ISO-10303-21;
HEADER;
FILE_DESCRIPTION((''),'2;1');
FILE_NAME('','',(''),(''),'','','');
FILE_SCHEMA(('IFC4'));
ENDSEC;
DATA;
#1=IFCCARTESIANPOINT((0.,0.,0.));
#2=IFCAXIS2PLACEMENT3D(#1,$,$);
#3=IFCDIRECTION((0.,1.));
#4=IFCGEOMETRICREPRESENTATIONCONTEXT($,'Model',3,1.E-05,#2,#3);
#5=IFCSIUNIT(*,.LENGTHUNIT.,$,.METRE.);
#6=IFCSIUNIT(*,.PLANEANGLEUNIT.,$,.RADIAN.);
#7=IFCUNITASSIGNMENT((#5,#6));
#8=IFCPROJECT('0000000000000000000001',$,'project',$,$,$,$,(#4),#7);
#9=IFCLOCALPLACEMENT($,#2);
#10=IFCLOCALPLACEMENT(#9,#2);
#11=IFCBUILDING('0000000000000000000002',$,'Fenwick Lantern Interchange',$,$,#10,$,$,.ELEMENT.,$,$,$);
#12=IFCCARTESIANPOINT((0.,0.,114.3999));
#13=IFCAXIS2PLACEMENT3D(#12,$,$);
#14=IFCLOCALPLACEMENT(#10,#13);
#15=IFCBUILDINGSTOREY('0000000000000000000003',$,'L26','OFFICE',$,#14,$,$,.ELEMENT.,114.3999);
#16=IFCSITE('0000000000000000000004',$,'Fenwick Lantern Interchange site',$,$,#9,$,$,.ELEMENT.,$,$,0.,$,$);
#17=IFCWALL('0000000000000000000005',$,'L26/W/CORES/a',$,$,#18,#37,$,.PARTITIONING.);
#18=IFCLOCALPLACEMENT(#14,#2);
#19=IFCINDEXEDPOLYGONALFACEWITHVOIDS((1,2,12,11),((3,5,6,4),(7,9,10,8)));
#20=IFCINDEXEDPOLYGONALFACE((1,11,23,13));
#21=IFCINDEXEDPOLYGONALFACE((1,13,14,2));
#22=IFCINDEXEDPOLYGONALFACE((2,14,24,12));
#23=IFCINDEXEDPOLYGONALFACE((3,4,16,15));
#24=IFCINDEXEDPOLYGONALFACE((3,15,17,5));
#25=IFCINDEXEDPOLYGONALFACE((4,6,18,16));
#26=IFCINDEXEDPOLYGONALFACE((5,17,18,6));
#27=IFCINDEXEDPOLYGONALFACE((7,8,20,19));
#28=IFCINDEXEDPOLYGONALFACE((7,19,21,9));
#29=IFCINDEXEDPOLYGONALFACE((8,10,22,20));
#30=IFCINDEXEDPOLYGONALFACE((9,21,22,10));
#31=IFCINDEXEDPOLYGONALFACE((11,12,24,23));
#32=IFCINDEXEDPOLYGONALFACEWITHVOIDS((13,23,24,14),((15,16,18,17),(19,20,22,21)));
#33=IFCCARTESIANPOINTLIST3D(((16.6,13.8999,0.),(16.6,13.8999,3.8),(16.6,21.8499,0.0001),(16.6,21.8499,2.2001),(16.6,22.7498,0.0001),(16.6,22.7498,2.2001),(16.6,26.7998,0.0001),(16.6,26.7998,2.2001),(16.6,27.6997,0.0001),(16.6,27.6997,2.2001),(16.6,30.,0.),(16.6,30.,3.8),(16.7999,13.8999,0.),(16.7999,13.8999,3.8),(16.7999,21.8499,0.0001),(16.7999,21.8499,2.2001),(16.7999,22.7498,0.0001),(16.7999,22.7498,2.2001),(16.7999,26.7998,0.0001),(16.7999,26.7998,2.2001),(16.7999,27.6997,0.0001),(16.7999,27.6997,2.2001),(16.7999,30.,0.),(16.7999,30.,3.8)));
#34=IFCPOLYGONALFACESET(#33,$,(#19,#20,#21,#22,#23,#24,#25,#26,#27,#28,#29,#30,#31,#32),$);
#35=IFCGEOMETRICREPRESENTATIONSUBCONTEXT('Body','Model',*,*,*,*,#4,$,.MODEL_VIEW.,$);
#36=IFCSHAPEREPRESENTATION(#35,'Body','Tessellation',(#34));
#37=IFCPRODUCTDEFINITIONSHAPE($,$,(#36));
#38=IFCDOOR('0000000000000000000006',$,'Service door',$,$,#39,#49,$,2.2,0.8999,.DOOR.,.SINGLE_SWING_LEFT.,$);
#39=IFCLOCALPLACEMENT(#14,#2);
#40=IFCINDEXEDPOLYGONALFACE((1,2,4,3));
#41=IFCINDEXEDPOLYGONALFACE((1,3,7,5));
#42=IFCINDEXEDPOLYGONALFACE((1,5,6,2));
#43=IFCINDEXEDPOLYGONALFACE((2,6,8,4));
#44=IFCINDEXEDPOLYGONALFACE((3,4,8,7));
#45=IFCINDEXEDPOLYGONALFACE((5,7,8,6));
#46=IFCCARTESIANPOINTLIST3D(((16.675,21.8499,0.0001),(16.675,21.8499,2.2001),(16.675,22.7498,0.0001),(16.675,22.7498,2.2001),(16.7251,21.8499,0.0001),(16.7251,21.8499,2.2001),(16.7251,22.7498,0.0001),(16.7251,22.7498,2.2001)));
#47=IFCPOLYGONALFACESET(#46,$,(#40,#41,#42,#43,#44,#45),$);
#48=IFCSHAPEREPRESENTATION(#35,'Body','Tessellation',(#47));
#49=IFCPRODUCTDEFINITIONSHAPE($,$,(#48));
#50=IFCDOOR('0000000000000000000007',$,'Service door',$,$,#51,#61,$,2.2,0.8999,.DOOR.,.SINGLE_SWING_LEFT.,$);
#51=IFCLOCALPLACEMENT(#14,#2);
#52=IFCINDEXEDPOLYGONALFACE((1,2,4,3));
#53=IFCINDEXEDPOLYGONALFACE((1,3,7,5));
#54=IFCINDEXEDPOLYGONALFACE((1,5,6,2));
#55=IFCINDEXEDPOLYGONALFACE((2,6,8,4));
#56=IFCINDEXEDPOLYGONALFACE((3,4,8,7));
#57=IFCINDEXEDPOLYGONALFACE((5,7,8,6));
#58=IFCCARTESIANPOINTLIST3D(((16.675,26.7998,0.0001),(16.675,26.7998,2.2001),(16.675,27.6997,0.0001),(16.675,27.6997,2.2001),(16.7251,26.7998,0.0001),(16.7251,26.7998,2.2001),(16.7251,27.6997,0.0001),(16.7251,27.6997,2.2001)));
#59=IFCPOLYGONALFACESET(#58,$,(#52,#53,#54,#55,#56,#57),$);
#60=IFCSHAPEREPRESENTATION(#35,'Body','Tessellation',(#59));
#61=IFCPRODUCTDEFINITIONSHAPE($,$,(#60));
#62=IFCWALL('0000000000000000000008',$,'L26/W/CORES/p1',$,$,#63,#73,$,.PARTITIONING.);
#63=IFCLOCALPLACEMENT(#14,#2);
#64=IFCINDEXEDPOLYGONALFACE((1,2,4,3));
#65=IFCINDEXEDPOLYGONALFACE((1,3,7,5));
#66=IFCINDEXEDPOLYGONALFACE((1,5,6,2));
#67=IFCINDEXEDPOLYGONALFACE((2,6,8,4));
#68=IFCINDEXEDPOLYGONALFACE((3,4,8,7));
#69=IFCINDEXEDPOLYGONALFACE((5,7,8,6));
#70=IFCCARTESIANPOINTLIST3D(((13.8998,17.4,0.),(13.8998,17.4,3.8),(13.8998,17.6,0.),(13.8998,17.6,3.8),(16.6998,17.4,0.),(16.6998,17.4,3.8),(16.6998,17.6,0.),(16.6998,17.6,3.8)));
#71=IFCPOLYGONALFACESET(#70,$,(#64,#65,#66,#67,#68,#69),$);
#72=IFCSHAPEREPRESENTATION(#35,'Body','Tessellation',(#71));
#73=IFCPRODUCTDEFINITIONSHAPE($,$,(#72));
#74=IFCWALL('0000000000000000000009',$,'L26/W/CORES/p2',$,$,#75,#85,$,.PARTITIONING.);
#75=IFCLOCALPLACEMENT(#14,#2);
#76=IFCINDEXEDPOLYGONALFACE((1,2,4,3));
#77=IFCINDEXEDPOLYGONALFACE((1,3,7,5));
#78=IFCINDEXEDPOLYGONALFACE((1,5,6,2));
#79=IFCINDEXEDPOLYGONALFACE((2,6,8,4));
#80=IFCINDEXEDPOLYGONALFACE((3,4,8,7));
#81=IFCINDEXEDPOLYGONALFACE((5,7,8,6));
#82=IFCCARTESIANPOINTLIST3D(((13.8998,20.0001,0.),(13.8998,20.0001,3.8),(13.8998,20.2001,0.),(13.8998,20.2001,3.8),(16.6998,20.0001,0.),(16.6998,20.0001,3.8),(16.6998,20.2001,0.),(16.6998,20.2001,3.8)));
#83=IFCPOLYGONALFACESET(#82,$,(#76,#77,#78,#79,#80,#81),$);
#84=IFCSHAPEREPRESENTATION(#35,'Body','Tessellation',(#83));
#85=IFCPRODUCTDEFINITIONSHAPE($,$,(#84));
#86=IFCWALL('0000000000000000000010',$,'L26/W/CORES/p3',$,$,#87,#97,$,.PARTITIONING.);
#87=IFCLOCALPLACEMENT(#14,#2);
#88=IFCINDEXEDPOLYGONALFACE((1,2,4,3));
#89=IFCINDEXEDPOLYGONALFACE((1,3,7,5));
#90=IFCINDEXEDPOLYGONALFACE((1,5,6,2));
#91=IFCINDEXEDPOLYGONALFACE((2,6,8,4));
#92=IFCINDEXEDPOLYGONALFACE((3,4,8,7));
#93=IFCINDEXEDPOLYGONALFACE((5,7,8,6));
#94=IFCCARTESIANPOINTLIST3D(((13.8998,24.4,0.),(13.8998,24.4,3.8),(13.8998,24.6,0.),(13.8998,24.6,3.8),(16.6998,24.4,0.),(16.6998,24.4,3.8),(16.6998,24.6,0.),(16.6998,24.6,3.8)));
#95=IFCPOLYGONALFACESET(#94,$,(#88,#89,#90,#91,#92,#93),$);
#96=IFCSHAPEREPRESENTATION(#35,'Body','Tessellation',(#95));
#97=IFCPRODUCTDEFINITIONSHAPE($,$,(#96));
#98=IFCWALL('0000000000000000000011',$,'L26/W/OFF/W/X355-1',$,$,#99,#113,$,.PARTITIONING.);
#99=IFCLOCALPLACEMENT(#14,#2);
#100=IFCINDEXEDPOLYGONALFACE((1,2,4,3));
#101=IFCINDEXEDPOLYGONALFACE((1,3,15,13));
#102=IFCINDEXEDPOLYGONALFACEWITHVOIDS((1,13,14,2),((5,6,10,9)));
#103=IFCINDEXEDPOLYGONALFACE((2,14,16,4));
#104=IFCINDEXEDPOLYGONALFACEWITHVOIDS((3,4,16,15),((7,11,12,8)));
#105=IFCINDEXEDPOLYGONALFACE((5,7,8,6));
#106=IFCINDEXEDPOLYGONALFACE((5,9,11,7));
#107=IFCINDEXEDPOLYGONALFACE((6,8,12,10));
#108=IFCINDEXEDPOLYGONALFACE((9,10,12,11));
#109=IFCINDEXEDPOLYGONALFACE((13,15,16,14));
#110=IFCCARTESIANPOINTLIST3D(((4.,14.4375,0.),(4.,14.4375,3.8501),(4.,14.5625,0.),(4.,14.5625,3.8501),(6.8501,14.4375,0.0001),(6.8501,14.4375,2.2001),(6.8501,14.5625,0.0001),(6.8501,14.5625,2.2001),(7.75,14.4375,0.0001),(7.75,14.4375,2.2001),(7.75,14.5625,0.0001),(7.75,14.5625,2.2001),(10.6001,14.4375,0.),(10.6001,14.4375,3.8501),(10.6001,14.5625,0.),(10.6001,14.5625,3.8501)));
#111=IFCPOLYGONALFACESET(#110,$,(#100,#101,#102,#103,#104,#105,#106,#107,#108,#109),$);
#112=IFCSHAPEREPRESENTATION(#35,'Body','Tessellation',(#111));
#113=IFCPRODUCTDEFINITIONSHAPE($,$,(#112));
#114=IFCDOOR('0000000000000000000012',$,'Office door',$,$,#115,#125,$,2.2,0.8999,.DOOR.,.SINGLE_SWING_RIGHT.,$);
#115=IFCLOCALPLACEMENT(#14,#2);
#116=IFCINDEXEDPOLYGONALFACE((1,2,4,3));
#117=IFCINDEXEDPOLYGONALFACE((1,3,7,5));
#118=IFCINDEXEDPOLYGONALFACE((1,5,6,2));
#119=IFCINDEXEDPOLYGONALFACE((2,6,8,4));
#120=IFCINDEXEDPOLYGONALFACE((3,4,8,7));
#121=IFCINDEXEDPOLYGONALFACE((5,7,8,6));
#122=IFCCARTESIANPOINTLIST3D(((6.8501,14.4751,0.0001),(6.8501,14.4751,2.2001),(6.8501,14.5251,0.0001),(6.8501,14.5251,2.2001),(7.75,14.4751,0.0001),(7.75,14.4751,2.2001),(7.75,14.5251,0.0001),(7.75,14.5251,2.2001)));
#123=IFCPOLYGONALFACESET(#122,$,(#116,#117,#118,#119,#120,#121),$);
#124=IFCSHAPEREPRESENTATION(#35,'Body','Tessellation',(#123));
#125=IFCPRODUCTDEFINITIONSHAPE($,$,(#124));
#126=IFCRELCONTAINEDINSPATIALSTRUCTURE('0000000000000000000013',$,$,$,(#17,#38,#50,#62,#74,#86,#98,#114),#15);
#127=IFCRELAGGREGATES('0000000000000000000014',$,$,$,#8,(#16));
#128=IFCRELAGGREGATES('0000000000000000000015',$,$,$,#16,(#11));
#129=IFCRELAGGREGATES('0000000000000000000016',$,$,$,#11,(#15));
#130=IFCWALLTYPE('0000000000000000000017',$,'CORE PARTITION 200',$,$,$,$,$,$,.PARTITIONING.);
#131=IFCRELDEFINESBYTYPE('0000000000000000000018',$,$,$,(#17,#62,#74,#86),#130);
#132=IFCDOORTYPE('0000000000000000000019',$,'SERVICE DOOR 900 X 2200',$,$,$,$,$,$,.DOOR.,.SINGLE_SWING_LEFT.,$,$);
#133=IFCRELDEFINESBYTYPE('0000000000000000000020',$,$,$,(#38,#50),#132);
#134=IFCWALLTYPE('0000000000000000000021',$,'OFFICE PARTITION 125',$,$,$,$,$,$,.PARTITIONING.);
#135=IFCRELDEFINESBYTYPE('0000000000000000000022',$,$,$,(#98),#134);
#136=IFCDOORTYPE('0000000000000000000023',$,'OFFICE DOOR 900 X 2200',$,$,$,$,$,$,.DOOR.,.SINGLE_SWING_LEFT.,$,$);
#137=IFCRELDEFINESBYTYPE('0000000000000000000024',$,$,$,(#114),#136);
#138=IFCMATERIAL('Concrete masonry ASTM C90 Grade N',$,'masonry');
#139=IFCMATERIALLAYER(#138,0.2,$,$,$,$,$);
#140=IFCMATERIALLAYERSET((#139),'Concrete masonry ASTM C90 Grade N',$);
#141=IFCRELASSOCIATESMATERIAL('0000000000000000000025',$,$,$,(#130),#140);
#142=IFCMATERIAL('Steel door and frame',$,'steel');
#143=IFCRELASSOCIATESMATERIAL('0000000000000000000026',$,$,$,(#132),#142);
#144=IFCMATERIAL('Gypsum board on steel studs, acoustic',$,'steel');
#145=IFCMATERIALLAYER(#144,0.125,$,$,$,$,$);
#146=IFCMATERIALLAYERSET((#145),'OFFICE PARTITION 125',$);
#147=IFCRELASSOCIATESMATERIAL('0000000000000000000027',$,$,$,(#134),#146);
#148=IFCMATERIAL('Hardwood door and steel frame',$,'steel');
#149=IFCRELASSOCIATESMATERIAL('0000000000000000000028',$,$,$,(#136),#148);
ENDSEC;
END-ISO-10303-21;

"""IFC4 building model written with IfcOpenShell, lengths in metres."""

from ifc_helpers import new_model, si_unit, direction, frame, frame_2d, origin, place, context, subcontext, project, spatial, rectangle, extrude, material, layer, layer_set, type_object, element, fill, save


model = new_model("IFC4")

# Units and contexts
model_context = context("Model", 3, precision=1e-05, world=origin(), true_north=direction((0.0, 1.0)))
body_context = subcontext(model_context, "Body", "Model", "MODEL_VIEW")
ifc_project = project(units=[si_unit("LENGTHUNIT", "METRE"), si_unit("PLANEANGLEUNIT", "RADIAN")], contexts=[model_context])

# Site, building, storey
site_placement = place(None, origin())
site = spatial("IfcSite", under=ifc_project, at=site_placement, Name="Fenwick Lantern Interchange site", CompositionType="ELEMENT", RefElevation=0.0)
building_placement = place(site_placement, origin())
building = spatial("IfcBuilding", under=site, at=building_placement, Name="Fenwick Lantern Interchange", CompositionType="ELEMENT")
storey_placement = place(building_placement, frame((0.0, 0.0, 114.3999)))
storey = spatial("IfcBuildingStorey", under=building, at=storey_placement, Name="L26", Description="OFFICE", CompositionType="ELEMENT", Elevation=114.3999)

# Wall, openings, doors
ifc_material_1 = material(Name="Concrete masonry ASTM C90 Grade N", Category="masonry")
ifc_layer_1 = layer(ifc_material_1, 0.2)
ifc_layer_set_1 = layer_set([ifc_layer_1], Name="Concrete masonry ASTM C90 Grade N")
wall_type_1 = type_object("IfcWallType", Name="CORE PARTITION 200", PredefinedType="PARTITIONING", material=ifc_layer_set_1)
wall_1_placement = place(storey_placement, frame((16.7, 13.8999, 0.0), z_axis=(0.0, 0.0, 1.0), x_axis=(0.0, 1.0, 0.0)))
wall_1 = element("IfcWall", 1, at=wall_1_placement, inside=storey, type_object=wall_type_1, Name="L26/W/CORES/a", PredefinedType="PARTITIONING", context=body_context, shape_type="SweptSolid", body=[
    extrude(rectangle(XDim=16.1001, YDim=0.2, at=frame_2d((8.05, 0.0))), origin(), (0.0, 0.0, 1.0), 3.8),
])
opening_1_placement = place(wall_1_placement, frame((7.95, 0.0, 0.0)))
opening_1 = element("IfcOpeningElement", 2, at=opening_1_placement, cuts=wall_1, PredefinedType="OPENING", context=body_context, shape_type="SweptSolid", body=[
    extrude(rectangle(XDim=0.8999, YDim=2.2, at=frame_2d((0.45, 1.1001))), frame((0.0, 0.1099, 0.0), z_axis=(0.0, -1.0, 0.0), x_axis=(1.0, 0.0, 0.0)), (0.0, 0.0, 1.0), 0.22),
])
opening_2_placement = place(wall_1_placement, frame((12.8999, 0.0, 0.0)))
opening_2 = element("IfcOpeningElement", 3, at=opening_2_placement, cuts=wall_1, PredefinedType="OPENING", context=body_context, shape_type="SweptSolid", body=[
    extrude(rectangle(XDim=0.8999, YDim=2.2, at=frame_2d((0.45, 1.1001))), frame((0.0, 0.1099, 0.0), z_axis=(0.0, -1.0, 0.0), x_axis=(1.0, 0.0, 0.0)), (0.0, 0.0, 1.0), 0.22),
])
ifc_material_2 = material(Name="Steel door and frame", Category="steel")
door_type_1 = type_object("IfcDoorType", Name="SERVICE DOOR 900 X 2200", OperationType="SINGLE_SWING_LEFT", PredefinedType="DOOR", material=ifc_material_2)
door_1_placement = place(opening_1_placement, origin())
door_1 = element("IfcDoor", 4, at=door_1_placement, inside=storey, type_object=door_type_1, Name="Service door", OperationType="SINGLE_SWING_LEFT", OverallHeight=2.2, OverallWidth=0.8999, PredefinedType="DOOR", context=body_context, shape_type="SweptSolid", body=[
    extrude(rectangle(XDim=0.8999, YDim=2.2, at=frame_2d((0.45, 1.1001))), frame((0.0, 0.0249, 0.0), z_axis=(0.0, -1.0, 0.0), x_axis=(1.0, 0.0, 0.0)), (0.0, 0.0, 1.0), 0.05),
])
fill(opening_1, door_1)
door_2_placement = place(opening_2_placement, origin())
door_2 = element("IfcDoor", 5, at=door_2_placement, inside=storey, type_object=door_type_1, Name="Service door", OperationType="SINGLE_SWING_LEFT", OverallHeight=2.2, OverallWidth=0.8999, PredefinedType="DOOR", context=body_context, shape_type="SweptSolid", body=[
    extrude(rectangle(XDim=0.8999, YDim=2.2, at=frame_2d((0.45, 1.1001))), frame((0.0, 0.0249, 0.0), z_axis=(0.0, -1.0, 0.0), x_axis=(1.0, 0.0, 0.0)), (0.0, 0.0, 1.0), 0.05),
])
fill(opening_2, door_2)

# Walls
for number, where, z_axis, x_axis, name in (
    (6, (13.8999, 17.5, 0.0), (0.0, 0.0, 1.0), (1.0, 0.0, 0.0), "L26/W/CORES/p1"),
    (7, (13.8999, 20.1001, 0.0), (0.0, 0.0, 1.0), (1.0, 0.0, 0.0), "L26/W/CORES/p2"),
    (8, (13.8999, 24.5, 0.0), (0.0, 0.0, 1.0), (1.0, 0.0, 0.0), "L26/W/CORES/p3"),
):
    element("IfcWall", number, at=place(storey_placement, frame(where, z_axis=z_axis, x_axis=x_axis)), inside=storey, type_object=wall_type_1, Name=name, PredefinedType="PARTITIONING", context=body_context, shape_type="SweptSolid", body=[
        extrude(rectangle(XDim=2.8, YDim=0.2, at=frame_2d((1.3999, 0.0))), origin(), (0.0, 0.0, 1.0), 3.8),
    ])

# Shared definitions
ifc_material_3 = material(Name="Hardwood door and steel frame", Category="steel")

# Wall, opening, door
ifc_material_4 = material(Name="Gypsum board on steel studs, acoustic", Category="steel")
ifc_layer_2 = layer(ifc_material_4, 0.125)
ifc_layer_set_2 = layer_set([ifc_layer_2], Name="OFFICE PARTITION 125")
wall_type_2 = type_object("IfcWallType", Name="OFFICE PARTITION 125", PredefinedType="PARTITIONING", material=ifc_layer_set_2)
wall_2_placement = place(storey_placement, frame((4.0, 14.5, 0.0), z_axis=(0.0, 0.0, 1.0), x_axis=(1.0, 0.0, 0.0)))
wall_2 = element("IfcWall", 9, at=wall_2_placement, inside=storey, type_object=wall_type_2, Name="L26/W/OFF/W/X355-1", PredefinedType="PARTITIONING", context=body_context, shape_type="SweptSolid", body=[
    extrude(rectangle(XDim=6.6001, YDim=0.125, at=frame_2d((3.3, 0.0))), origin(), (0.0, 0.0, 1.0), 3.8501),
])
opening_3_placement = place(wall_2_placement, frame((2.8501, 0.0, 0.0)))
opening_3 = element("IfcOpeningElement", 10, at=opening_3_placement, cuts=wall_2, PredefinedType="OPENING", context=body_context, shape_type="SweptSolid", body=[
    extrude(rectangle(XDim=0.8999, YDim=2.2, at=frame_2d((0.45, 1.1001))), frame((0.0, 0.0725, 0.0), z_axis=(0.0, -1.0, 0.0), x_axis=(1.0, 0.0, 0.0)), (0.0, 0.0, 1.0), 0.145),
])
door_type_2 = type_object("IfcDoorType", Name="OFFICE DOOR 900 X 2200", OperationType="SINGLE_SWING_LEFT", PredefinedType="DOOR", material=ifc_material_3)
door_3_placement = place(opening_3_placement, frame((0.8999, 0.0, 0.0), z_axis=(0.0, 0.0, 1.0), x_axis=(-1.0, 0.0, 0.0)))
door_3 = element("IfcDoor", 11, at=door_3_placement, inside=storey, type_object=door_type_2, Name="Office door", OperationType="SINGLE_SWING_RIGHT", OverallHeight=2.2, OverallWidth=0.8999, PredefinedType="DOOR", context=body_context, shape_type="SweptSolid", body=[
    extrude(rectangle(XDim=0.8999, YDim=2.2, at=frame_2d((0.45, 1.1001))), frame((0.0, 0.0249, 0.0), z_axis=(0.0, -1.0, 0.0), x_axis=(1.0, 0.0, 0.0)), (0.0, 0.0, 1.0), 0.05),
])
fill(opening_3, door_3)

save(model, "model.ifc")
